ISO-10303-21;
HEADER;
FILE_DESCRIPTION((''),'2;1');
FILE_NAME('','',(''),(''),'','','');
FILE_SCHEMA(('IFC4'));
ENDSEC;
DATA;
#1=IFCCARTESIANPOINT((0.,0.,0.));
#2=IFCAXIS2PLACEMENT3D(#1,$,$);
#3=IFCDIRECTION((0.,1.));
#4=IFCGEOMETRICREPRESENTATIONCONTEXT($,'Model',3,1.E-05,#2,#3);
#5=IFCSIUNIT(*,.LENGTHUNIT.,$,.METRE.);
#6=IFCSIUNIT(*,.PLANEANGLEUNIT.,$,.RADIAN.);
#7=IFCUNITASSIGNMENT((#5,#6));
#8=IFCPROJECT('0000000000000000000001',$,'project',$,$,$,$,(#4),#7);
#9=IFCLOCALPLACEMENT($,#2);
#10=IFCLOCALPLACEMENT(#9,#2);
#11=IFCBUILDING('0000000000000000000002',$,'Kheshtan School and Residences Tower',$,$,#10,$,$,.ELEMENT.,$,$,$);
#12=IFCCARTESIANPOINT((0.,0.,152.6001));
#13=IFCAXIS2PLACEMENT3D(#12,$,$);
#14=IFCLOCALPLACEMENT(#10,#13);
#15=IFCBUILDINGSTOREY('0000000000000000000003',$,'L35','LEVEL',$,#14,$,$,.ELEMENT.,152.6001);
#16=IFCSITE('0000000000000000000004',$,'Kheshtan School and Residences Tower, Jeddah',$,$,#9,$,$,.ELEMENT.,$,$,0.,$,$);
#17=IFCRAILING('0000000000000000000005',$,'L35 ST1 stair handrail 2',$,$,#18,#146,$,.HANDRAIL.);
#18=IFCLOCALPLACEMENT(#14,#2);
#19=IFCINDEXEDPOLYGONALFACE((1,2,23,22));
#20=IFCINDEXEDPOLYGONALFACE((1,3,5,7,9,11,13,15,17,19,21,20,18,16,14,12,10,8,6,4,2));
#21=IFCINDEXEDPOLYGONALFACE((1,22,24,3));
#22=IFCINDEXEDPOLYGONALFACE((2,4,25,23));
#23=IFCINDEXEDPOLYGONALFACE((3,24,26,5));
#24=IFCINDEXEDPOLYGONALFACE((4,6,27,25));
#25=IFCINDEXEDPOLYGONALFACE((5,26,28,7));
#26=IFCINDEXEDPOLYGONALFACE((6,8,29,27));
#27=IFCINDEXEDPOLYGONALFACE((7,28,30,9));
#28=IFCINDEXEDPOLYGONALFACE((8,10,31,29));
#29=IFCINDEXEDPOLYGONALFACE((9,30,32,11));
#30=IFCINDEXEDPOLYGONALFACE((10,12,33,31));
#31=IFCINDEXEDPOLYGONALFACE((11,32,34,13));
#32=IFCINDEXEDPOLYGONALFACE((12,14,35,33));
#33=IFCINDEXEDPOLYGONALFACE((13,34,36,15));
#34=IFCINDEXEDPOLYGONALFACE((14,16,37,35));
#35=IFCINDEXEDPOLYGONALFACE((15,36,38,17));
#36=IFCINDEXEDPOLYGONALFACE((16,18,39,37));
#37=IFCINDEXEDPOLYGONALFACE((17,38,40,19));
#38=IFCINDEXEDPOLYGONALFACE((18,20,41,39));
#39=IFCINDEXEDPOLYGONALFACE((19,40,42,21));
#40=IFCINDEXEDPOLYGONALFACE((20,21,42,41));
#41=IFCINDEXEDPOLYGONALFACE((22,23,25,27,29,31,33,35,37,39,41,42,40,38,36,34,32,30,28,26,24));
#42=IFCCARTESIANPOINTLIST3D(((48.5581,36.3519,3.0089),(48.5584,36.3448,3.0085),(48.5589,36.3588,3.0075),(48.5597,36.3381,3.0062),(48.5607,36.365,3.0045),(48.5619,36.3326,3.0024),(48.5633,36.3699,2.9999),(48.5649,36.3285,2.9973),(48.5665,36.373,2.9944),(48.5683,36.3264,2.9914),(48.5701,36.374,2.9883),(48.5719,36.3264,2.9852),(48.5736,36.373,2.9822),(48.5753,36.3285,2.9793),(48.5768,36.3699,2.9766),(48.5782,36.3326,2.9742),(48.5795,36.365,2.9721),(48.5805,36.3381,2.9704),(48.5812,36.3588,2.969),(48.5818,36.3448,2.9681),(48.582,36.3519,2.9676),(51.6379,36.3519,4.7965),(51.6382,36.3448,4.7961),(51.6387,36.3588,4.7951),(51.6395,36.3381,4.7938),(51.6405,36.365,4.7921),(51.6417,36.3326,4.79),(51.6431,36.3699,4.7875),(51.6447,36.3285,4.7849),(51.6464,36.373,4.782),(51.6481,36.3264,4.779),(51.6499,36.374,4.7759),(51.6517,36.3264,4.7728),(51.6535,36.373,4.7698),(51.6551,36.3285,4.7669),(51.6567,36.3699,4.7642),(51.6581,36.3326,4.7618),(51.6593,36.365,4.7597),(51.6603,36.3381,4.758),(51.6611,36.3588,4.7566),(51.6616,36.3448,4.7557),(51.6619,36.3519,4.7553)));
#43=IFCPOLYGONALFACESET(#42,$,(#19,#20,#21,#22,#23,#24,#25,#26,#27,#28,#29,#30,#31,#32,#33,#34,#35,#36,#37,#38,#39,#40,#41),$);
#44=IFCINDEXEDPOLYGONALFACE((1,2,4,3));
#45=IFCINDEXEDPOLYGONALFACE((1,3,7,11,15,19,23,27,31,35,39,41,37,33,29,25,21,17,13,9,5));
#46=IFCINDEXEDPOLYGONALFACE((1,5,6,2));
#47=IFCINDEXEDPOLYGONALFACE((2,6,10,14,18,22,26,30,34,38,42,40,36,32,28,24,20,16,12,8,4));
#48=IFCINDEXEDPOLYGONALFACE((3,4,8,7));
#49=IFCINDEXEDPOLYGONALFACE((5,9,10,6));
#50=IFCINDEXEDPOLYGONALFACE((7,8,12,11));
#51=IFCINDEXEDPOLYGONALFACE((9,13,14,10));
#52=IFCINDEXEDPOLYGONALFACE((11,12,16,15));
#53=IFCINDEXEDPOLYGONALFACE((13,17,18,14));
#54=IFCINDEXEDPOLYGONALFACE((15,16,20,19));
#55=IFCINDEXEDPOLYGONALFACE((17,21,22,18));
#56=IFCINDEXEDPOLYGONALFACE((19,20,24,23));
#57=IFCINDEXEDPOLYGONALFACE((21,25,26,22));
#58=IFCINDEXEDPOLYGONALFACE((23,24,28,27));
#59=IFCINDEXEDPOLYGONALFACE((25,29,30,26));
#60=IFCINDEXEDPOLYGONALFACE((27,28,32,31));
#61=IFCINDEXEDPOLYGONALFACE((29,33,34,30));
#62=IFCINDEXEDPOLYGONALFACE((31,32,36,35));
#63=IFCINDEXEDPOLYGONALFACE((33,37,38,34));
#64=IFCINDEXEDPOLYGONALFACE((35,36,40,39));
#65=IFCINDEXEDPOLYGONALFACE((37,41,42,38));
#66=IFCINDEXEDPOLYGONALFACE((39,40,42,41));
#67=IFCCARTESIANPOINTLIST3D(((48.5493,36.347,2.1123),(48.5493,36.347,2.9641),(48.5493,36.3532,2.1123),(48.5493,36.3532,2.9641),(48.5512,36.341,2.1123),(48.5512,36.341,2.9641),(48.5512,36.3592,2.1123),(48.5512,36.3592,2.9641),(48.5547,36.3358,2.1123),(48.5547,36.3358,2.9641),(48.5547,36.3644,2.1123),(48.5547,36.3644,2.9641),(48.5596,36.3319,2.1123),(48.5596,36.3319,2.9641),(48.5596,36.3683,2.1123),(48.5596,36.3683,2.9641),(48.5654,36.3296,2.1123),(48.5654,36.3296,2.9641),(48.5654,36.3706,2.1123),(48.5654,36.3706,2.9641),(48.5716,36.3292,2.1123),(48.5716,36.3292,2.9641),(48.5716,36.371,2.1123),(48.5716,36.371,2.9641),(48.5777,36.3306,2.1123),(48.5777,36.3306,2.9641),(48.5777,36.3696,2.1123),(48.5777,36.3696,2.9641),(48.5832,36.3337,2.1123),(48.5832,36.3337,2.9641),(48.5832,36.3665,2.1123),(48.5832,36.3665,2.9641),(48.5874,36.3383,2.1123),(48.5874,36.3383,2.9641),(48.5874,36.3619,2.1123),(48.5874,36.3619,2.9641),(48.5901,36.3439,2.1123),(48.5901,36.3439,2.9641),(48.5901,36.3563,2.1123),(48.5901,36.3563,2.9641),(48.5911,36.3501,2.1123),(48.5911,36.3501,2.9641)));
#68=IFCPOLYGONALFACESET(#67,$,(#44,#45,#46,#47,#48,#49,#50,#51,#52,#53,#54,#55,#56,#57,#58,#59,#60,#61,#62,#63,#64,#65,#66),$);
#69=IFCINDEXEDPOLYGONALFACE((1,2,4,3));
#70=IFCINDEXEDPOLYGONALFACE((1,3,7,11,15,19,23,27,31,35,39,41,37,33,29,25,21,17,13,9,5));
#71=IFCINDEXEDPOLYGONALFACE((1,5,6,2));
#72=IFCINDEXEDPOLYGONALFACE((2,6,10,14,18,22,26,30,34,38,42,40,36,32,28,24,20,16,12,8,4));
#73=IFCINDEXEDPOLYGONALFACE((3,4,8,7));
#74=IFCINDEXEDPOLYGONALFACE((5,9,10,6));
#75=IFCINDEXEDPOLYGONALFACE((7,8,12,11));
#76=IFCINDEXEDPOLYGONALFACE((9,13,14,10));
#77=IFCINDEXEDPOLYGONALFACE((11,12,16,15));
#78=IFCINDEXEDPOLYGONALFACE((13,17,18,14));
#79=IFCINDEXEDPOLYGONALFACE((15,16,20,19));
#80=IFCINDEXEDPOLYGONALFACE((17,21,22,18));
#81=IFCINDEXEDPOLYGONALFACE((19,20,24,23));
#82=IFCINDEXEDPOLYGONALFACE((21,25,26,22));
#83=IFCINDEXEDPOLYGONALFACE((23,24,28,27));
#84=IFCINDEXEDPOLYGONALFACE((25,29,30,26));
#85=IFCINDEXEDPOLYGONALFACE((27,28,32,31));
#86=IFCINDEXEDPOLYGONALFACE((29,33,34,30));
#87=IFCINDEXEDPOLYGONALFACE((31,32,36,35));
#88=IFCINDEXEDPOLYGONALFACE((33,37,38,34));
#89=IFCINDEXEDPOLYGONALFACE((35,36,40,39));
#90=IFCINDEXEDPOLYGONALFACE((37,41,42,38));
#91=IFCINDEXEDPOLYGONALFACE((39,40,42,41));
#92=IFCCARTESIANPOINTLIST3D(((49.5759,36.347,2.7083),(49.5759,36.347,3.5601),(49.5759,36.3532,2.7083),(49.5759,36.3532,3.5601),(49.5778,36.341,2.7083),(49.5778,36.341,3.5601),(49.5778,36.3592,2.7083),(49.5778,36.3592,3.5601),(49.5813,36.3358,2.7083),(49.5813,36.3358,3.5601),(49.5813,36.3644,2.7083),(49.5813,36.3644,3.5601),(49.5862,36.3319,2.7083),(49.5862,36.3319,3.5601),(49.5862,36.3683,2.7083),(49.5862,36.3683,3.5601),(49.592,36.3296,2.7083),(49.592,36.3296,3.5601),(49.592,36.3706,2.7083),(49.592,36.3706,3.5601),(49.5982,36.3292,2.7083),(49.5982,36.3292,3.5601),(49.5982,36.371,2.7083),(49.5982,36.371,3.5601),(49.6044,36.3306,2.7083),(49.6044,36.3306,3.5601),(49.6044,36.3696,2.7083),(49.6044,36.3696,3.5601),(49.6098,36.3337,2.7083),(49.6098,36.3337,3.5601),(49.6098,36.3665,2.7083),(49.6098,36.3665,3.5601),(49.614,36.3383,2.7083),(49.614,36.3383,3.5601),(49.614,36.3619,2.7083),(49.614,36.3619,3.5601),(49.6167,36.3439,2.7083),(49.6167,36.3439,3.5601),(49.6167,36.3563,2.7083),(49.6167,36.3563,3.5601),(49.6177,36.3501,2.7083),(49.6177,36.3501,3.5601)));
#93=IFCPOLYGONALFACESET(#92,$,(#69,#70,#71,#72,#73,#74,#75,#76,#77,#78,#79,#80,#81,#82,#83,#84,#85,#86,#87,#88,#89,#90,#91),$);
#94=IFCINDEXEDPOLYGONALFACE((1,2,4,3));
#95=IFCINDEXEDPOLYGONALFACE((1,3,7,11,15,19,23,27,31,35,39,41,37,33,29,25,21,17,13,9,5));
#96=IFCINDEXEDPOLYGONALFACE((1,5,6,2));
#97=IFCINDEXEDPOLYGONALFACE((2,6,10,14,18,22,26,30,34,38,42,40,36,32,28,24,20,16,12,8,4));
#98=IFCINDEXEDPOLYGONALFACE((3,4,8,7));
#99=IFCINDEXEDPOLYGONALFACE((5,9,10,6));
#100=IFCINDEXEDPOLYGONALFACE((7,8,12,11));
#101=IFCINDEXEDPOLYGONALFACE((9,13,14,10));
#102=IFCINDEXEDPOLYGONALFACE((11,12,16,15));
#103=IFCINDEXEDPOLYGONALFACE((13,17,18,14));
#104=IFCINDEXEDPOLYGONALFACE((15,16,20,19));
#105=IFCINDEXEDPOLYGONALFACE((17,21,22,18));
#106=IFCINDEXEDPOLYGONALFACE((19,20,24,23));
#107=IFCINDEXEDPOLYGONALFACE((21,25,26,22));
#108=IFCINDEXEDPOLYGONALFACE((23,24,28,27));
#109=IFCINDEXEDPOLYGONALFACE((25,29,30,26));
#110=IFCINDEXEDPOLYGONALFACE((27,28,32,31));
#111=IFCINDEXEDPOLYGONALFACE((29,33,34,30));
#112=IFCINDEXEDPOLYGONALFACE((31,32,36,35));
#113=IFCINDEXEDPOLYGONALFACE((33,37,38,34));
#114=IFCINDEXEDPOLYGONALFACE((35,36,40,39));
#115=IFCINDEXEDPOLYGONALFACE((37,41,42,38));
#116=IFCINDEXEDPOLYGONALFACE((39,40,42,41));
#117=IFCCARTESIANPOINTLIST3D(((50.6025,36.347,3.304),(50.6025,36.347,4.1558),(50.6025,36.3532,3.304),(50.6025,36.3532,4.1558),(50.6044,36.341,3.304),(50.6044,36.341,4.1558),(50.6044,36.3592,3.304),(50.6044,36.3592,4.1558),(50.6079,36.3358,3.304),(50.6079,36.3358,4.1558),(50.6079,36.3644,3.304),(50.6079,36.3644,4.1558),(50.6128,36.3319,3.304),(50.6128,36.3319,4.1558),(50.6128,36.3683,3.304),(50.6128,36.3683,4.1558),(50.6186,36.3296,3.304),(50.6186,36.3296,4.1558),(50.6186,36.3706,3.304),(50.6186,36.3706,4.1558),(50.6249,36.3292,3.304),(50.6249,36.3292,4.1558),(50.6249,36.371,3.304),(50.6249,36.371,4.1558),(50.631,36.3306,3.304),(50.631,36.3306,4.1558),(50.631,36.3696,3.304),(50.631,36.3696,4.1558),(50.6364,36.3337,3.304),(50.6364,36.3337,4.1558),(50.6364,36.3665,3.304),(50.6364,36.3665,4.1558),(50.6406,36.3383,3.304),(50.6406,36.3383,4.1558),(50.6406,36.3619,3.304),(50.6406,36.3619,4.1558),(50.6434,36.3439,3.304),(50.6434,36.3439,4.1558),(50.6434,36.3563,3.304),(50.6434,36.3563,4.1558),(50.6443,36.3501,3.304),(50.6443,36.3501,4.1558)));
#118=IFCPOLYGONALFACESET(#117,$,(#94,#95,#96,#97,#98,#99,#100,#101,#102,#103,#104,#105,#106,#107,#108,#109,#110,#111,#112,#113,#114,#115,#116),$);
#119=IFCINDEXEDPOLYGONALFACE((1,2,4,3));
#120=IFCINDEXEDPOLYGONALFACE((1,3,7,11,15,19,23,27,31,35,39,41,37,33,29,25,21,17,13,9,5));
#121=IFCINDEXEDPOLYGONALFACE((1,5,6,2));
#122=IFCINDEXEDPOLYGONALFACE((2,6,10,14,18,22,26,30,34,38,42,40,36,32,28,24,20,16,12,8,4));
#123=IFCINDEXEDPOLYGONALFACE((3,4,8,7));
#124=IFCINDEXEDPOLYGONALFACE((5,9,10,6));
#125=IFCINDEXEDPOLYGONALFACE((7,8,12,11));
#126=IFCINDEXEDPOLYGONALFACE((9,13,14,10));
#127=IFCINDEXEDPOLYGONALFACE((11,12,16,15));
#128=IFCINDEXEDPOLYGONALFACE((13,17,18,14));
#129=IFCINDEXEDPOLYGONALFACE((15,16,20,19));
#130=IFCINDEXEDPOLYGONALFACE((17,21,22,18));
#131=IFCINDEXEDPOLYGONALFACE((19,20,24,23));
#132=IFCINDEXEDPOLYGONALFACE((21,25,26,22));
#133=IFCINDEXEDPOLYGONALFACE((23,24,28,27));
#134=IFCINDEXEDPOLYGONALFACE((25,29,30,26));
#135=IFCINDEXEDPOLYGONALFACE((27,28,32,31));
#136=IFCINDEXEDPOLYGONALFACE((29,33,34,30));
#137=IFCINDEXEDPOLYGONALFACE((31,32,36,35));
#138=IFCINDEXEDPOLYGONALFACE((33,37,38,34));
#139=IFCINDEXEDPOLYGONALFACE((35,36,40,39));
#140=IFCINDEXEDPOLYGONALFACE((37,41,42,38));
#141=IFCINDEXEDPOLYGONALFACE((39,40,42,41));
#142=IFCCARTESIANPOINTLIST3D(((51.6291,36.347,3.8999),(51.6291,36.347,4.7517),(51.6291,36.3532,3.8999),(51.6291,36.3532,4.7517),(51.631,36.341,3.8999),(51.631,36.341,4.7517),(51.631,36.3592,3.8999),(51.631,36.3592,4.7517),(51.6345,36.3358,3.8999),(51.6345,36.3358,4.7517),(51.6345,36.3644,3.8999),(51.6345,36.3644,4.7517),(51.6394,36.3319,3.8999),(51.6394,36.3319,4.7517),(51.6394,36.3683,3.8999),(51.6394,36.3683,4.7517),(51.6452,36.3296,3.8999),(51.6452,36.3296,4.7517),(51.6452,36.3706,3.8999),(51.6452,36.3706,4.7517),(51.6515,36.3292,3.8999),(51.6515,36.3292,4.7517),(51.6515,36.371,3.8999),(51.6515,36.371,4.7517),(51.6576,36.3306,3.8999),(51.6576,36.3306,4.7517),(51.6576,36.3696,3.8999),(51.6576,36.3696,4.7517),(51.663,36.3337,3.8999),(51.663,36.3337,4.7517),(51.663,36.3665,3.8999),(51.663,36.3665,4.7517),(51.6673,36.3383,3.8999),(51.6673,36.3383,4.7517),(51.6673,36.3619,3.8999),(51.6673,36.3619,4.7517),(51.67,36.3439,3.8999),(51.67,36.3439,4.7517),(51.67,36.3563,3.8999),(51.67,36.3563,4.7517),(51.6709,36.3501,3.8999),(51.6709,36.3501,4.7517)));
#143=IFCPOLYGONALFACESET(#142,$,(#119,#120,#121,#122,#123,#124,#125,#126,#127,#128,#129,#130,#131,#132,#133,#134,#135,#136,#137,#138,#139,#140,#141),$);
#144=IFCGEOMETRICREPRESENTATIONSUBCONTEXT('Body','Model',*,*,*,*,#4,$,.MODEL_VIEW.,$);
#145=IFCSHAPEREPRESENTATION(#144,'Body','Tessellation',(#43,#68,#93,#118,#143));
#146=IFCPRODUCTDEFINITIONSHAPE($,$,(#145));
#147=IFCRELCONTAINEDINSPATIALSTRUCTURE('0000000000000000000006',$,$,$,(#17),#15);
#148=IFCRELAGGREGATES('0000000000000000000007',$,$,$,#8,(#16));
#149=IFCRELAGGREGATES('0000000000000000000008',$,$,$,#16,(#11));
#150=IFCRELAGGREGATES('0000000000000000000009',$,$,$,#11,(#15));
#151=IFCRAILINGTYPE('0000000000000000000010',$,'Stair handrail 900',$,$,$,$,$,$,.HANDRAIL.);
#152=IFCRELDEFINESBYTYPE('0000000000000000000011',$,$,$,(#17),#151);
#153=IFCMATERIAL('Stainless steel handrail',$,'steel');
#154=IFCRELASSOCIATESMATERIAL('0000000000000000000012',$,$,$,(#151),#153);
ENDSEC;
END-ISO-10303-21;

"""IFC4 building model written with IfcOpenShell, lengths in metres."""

from ifc_helpers import new_model, si_unit, direction, frame, origin, origin_2d, place, context, subcontext, project, spatial, circle, extrude, material, type_object, element, save


model = new_model("IFC4")

# Units and contexts
model_context = context("Model", 3, precision=1e-05, world=origin(), true_north=direction((0.0, 1.0)))
body_context = subcontext(model_context, "Body", "Model", "MODEL_VIEW")
ifc_project = project(units=[si_unit("LENGTHUNIT", "METRE"), si_unit("PLANEANGLEUNIT", "RADIAN")], contexts=[model_context])

# Site, building, storey
site_placement = place(None, origin())
site = spatial("IfcSite", under=ifc_project, at=site_placement, Name="Kheshtan School and Residences Tower, Jeddah", CompositionType="ELEMENT", RefElevation=0.0)
building_placement = place(site_placement, origin())
building = spatial("IfcBuilding", under=site, at=building_placement, Name="Kheshtan School and Residences Tower", CompositionType="ELEMENT")
storey_placement = place(building_placement, frame((0.0, 0.0, 152.6001)))
storey = spatial("IfcBuildingStorey", under=building, at=storey_placement, Name="L35", Description="LEVEL", CompositionType="ELEMENT", Elevation=152.6001)

# Railing
ifc_material_1 = material(Name="Stainless steel handrail", Category="steel")
railing_type_1 = type_object("IfcRailingType", Name="Stair handrail 900", PredefinedType="HANDRAIL", material=ifc_material_1)
railing_1_placement = place(storey_placement, frame((48.5701, 36.3501, 2.1123)))
element("IfcRailing", 1, at=railing_1_placement, inside=storey, type_object=railing_type_1, Name="L35 ST1 stair handrail 2", PredefinedType="HANDRAIL", context=body_context, shape_type="SweptSolid", body=[
    extrude(circle(Radius=0.0239, at=origin_2d()), frame((0.0, 0.0, 0.876), z_axis=(0.864873, 0.0, 0.50199), x_axis=(0.0, 1.0, 0.0)), (0.0, 0.0, 1.0), 3.561),
    extrude(circle(Radius=0.021, at=origin_2d()), origin(), (0.0, 0.0, 1.0), 0.8518),
    extrude(circle(Radius=0.021, at=origin_2d()), frame((1.0266, 0.0, 0.5959)), (0.0, 0.0, 1.0), 0.8518),
    extrude(circle(Radius=0.021, at=origin_2d()), frame((2.0532, 0.0, 1.1917)), (0.0, 0.0, 1.0), 0.8518),
    extrude(circle(Radius=0.021, at=origin_2d()), frame((3.0798, 0.0, 1.7876)), (0.0, 0.0, 1.0), 0.8518),
])

save(model, "model.ifc")
